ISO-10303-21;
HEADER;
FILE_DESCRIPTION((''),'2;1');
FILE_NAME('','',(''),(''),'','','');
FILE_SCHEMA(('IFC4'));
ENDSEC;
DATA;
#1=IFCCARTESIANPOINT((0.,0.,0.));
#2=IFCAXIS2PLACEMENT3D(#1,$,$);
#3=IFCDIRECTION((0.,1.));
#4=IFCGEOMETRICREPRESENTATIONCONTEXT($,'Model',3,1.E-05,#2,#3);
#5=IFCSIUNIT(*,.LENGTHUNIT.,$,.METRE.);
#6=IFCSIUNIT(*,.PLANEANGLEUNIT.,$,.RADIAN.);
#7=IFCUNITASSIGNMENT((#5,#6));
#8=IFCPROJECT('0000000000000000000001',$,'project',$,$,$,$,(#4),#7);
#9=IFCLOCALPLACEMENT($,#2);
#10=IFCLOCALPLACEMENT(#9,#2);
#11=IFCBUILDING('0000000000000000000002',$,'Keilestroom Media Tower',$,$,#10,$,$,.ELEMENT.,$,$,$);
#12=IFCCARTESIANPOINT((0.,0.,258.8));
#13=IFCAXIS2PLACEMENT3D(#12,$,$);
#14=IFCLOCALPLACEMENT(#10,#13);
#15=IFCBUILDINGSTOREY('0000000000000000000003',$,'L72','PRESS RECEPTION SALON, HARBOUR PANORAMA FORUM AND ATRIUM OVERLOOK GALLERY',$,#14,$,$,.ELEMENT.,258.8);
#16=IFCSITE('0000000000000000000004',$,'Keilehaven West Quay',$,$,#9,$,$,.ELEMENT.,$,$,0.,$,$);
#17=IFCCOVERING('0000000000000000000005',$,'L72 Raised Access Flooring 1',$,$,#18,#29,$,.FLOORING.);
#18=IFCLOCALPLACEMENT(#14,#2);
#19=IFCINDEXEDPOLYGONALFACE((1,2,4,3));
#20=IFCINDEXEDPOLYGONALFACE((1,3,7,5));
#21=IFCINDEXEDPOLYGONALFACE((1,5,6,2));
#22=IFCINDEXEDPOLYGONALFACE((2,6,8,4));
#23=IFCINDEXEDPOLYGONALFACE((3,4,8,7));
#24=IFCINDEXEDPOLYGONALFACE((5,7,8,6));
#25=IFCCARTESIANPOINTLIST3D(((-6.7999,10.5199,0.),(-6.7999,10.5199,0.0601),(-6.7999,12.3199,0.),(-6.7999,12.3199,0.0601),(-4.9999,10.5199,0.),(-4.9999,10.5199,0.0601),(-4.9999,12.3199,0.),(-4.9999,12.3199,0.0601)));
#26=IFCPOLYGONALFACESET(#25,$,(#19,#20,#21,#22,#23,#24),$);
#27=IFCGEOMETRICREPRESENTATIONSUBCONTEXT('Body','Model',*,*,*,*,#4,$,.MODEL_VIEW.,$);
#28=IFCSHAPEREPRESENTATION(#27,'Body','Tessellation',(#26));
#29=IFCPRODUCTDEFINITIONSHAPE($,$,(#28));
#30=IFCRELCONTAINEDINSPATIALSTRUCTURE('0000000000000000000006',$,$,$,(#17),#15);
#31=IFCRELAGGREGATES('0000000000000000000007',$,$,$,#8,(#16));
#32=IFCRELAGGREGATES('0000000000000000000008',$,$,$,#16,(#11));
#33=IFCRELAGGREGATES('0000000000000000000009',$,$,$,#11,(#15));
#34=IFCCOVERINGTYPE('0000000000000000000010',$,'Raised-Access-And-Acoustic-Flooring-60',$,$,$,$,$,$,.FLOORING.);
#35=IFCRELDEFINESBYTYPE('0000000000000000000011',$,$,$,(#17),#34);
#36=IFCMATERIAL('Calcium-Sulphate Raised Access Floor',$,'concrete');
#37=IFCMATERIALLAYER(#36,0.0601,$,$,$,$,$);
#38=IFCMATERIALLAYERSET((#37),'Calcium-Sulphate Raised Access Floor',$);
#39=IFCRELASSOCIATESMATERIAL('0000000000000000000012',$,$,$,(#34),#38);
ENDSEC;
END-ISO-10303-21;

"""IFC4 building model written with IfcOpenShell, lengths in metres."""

from ifc_helpers import new_model, si_unit, direction, frame, origin, origin_2d, place, context, subcontext, project, spatial, rectangle, extrude, source, transform, mapped, material, layer, layer_set, type_object, element, save


model = new_model("IFC4")

# Units and contexts
model_context = context("Model", 3, precision=1e-05, world=origin(), true_north=direction((0.0, 1.0)))
body_context = subcontext(model_context, "Body", "Model", "MODEL_VIEW")
ifc_project = project(units=[si_unit("LENGTHUNIT", "METRE"), si_unit("PLANEANGLEUNIT", "RADIAN")], contexts=[model_context])

# Site, building, storey
site_placement = place(None, origin())
site = spatial("IfcSite", under=ifc_project, at=site_placement, Name="Keilehaven West Quay", CompositionType="ELEMENT", RefElevation=0.0)
building_placement = place(site_placement, origin())
building = spatial("IfcBuilding", under=site, at=building_placement, Name="Keilestroom Media Tower", CompositionType="ELEMENT")
storey_placement = place(building_placement, frame((0.0, 0.0, 258.8)))
storey = spatial("IfcBuildingStorey", under=building, at=storey_placement, Name="L72", Description="PRESS RECEPTION SALON, HARBOUR PANORAMA FORUM AND ATRIUM OVERLOOK GALLERY", CompositionType="ELEMENT", Elevation=258.8)

# Covering
ifc_material_1 = material(Name="Calcium-Sulphate Raised Access Floor", Category="concrete")
ifc_layer_1 = layer(ifc_material_1, 0.0601)
ifc_layer_set_1 = layer_set([ifc_layer_1], Name="Calcium-Sulphate Raised Access Floor")
covering_type_1 = type_object("IfcCoveringType", Name="Raised-Access-And-Acoustic-Flooring-60", PredefinedType="FLOORING", material=ifc_layer_set_1)
shared_shape_1 = source(origin(), body_context, "Body", "SweptSolid", [
    extrude(rectangle(XDim=1.8, YDim=1.8, at=origin_2d()), origin(), (0.0, 0.0, 1.0), 0.0601),
])
covering_1_placement = place(storey_placement, frame((-5.8999, 11.4199, 0.0), z_axis=(0.0, 0.0, 1.0), x_axis=(1.0, 0.0, 0.0)))
element("IfcCovering", 1, at=covering_1_placement, inside=storey, type_object=covering_type_1, Name="L72 Raised Access Flooring 1", PredefinedType="FLOORING", context=body_context, shape_type="MappedRepresentation", body=[
    mapped(shared_shape_1, transform((0.0, 0.0, 0.0), x_axis=(1.0, 0.0, 0.0), y_axis=(0.0, 1.0, 0.0), z_axis=(0.0, 0.0, 1.0), scale=1.0)),
])

save(model, "model.ifc")
